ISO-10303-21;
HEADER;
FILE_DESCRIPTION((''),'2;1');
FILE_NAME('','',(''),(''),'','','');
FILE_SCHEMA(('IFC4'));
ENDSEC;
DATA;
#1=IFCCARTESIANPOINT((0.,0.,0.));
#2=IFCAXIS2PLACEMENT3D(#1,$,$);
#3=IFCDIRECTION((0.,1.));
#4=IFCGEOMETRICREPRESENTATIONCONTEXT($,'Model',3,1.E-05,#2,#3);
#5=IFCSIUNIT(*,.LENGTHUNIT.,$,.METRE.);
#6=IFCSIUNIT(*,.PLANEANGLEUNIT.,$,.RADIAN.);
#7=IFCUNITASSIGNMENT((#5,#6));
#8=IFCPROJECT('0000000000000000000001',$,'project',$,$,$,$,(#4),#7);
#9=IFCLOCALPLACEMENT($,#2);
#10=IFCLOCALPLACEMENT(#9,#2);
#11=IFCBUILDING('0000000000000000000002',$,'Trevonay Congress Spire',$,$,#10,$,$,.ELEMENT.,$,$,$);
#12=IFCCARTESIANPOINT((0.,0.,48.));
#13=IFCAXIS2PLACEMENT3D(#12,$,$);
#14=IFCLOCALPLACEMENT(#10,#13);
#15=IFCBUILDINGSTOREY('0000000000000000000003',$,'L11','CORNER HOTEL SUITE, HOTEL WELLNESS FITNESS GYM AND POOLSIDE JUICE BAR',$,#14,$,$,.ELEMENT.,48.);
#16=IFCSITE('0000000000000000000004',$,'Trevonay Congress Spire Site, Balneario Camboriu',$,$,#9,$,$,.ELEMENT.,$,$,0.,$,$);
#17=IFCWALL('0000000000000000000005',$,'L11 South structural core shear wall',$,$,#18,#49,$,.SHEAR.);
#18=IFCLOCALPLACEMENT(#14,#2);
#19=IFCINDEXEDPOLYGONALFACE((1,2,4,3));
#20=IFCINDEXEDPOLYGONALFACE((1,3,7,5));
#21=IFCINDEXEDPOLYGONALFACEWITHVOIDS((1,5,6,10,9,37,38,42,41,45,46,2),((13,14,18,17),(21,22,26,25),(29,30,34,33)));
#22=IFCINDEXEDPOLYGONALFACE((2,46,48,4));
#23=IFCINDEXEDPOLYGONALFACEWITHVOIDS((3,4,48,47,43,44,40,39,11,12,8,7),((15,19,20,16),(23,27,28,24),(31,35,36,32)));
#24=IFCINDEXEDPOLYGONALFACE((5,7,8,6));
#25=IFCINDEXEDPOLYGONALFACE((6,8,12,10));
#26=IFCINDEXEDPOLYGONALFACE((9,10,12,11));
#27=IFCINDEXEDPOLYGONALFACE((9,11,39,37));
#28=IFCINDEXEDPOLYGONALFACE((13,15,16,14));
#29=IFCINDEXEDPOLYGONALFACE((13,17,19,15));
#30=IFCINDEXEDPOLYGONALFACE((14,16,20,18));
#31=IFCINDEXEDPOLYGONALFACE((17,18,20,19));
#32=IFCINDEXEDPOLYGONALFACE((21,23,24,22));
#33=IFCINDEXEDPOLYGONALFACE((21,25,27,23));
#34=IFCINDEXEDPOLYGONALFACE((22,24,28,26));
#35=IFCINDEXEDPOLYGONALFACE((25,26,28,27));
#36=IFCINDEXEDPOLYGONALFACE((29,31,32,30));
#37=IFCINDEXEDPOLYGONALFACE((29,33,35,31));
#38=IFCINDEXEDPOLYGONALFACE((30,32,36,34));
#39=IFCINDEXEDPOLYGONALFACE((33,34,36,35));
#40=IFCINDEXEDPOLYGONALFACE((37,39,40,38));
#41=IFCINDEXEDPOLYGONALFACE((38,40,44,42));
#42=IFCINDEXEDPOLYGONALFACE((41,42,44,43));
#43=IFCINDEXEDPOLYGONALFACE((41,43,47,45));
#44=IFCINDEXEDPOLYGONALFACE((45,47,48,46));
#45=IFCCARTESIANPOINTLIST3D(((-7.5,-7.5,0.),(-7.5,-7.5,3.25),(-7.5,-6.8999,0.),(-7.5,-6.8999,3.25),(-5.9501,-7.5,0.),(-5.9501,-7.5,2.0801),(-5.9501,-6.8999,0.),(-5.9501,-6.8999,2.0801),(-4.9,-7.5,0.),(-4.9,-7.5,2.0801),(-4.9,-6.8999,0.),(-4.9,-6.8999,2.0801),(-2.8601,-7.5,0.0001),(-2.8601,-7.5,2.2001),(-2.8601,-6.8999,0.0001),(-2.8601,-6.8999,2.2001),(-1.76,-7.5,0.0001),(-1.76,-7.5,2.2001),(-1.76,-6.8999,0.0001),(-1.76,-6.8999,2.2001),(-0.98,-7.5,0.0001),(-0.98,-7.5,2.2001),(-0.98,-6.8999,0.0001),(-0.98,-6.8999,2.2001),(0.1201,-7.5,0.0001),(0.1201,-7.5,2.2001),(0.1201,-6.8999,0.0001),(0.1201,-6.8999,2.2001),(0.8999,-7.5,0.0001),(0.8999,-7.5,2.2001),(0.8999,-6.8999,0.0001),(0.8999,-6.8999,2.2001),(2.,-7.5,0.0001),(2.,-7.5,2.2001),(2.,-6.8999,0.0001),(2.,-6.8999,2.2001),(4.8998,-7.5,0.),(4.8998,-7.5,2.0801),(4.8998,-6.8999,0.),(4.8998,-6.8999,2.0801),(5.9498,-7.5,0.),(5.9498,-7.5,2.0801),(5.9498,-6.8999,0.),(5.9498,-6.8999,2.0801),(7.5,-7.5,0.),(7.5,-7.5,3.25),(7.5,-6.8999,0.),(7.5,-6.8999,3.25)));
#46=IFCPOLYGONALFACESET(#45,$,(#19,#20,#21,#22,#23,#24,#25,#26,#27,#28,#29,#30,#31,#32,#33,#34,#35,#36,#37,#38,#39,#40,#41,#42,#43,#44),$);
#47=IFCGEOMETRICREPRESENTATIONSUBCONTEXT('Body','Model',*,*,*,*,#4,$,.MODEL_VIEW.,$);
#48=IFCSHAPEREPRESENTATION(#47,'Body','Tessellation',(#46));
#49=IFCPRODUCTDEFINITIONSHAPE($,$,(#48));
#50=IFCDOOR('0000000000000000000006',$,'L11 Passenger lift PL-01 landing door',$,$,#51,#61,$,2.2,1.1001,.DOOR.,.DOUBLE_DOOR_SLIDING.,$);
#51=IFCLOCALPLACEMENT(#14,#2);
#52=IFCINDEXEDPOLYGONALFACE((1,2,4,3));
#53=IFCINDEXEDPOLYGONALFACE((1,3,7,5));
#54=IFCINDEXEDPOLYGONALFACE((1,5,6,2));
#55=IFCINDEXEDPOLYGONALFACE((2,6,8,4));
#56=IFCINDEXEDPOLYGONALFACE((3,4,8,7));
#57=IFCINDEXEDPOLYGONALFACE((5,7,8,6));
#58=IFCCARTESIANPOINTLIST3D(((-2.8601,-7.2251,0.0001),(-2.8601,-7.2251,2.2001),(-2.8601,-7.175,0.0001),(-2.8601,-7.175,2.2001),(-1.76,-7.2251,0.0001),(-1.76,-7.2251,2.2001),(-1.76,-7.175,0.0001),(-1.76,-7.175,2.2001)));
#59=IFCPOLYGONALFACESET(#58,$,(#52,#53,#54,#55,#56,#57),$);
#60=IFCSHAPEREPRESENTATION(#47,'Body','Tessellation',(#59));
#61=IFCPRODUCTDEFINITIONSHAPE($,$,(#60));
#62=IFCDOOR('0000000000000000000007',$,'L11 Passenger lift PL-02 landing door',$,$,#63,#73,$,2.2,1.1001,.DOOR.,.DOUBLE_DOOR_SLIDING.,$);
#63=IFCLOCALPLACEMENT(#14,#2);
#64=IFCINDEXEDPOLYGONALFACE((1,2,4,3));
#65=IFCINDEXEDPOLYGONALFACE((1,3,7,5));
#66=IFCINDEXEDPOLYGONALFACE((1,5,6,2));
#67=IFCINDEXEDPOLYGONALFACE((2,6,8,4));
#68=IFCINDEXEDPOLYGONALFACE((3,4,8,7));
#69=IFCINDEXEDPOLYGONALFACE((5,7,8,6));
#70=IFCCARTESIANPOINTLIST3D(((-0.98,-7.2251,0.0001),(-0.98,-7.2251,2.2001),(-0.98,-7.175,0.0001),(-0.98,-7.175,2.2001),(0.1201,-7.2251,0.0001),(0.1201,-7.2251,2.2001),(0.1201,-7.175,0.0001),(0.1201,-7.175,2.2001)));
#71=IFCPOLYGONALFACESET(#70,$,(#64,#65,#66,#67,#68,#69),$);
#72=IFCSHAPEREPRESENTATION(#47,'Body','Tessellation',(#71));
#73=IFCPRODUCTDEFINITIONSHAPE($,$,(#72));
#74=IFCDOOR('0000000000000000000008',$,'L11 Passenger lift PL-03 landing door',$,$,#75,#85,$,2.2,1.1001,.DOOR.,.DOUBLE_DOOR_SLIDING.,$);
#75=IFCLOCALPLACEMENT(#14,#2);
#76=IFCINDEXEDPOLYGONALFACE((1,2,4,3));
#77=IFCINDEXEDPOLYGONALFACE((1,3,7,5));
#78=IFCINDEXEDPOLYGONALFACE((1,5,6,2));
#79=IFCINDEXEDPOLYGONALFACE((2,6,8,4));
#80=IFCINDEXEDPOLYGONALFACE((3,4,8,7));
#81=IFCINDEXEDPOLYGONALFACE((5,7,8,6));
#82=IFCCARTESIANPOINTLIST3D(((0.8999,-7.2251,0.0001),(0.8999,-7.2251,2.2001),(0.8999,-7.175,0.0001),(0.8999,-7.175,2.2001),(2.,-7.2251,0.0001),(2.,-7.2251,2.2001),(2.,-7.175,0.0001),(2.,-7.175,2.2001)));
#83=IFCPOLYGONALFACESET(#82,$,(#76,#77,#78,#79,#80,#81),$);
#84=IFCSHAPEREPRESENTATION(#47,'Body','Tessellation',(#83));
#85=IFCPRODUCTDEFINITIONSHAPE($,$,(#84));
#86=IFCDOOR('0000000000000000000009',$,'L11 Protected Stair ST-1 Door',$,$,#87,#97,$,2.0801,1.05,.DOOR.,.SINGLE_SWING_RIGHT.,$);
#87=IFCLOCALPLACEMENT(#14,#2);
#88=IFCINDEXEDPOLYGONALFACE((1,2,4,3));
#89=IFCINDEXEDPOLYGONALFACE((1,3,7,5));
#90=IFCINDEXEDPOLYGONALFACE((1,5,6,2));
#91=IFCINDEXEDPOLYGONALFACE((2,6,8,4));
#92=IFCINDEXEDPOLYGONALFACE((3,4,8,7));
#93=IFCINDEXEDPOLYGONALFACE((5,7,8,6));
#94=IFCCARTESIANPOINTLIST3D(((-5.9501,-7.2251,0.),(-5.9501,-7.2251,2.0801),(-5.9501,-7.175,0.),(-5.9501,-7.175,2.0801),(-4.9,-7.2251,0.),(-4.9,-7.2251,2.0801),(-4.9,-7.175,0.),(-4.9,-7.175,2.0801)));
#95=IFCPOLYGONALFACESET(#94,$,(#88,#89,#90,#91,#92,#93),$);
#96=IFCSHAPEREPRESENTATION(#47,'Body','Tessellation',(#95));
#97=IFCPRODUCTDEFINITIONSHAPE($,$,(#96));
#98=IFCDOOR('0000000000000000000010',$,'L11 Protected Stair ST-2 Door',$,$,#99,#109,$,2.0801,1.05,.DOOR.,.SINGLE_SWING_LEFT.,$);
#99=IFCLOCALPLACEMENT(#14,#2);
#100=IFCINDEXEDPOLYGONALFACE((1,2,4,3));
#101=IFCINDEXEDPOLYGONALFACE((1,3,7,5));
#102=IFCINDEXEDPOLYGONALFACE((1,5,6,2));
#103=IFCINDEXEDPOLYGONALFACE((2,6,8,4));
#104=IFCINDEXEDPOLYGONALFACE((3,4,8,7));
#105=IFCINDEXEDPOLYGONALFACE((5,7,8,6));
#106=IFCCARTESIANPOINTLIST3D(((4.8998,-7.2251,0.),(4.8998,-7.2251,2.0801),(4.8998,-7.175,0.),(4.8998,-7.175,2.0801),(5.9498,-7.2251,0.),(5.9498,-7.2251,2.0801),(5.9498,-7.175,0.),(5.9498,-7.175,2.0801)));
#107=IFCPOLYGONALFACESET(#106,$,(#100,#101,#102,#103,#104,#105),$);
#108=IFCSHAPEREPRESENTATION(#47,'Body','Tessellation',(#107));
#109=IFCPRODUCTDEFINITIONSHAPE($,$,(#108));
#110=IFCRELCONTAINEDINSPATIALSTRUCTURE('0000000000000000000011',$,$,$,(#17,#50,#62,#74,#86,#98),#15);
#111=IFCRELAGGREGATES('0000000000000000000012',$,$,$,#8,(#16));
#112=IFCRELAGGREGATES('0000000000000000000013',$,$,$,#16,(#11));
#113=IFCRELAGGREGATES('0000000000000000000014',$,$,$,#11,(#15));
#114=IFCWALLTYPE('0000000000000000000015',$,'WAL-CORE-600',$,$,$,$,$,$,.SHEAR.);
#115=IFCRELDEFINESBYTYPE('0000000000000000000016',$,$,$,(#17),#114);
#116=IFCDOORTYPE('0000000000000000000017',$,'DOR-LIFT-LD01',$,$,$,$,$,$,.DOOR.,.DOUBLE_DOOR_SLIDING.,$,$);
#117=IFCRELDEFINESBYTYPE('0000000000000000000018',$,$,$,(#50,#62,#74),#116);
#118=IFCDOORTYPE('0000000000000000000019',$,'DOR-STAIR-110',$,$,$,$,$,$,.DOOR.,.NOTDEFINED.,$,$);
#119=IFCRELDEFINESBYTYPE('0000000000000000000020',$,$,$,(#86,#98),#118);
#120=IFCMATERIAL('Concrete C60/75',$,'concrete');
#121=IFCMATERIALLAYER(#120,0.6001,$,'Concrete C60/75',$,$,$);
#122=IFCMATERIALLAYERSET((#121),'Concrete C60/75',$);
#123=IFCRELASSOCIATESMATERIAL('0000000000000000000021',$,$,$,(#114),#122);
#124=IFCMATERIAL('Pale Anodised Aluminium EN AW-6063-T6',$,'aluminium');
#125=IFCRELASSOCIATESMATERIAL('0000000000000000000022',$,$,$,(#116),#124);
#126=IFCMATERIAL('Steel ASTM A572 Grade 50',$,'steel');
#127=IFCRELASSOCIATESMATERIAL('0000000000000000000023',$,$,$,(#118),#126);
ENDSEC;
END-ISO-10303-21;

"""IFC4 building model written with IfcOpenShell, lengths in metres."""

from ifc_helpers import new_model, si_unit, direction, frame, frame_2d, origin, place, context, subcontext, project, spatial, rectangle, extrude, material, layer, layer_set, type_object, element, fill, save


model = new_model("IFC4")

# Units and contexts
model_context = context("Model", 3, precision=1e-05, world=origin(), true_north=direction((0.0, 1.0)))
body_context = subcontext(model_context, "Body", "Model", "MODEL_VIEW")
ifc_project = project(units=[si_unit("LENGTHUNIT", "METRE"), si_unit("PLANEANGLEUNIT", "RADIAN")], contexts=[model_context])

# Site, building, storey
site_placement = place(None, origin())
site = spatial("IfcSite", under=ifc_project, at=site_placement, Name="Trevonay Congress Spire Site, Balneario Camboriu", CompositionType="ELEMENT", RefElevation=0.0)
building_placement = place(site_placement, origin())
building = spatial("IfcBuilding", under=site, at=building_placement, Name="Trevonay Congress Spire", CompositionType="ELEMENT")
storey_placement = place(building_placement, frame((0.0, 0.0, 48.0)))
storey = spatial("IfcBuildingStorey", under=building, at=storey_placement, Name="L11", Description="CORNER HOTEL SUITE, HOTEL WELLNESS FITNESS GYM AND POOLSIDE JUICE BAR", CompositionType="ELEMENT", Elevation=48.0)

# Shared definitions
ifc_material_1 = material(Name="Steel ASTM A572 Grade 50", Category="steel")

# Shared definitions
ifc_material_2 = material(Name="Pale Anodised Aluminium EN AW-6063-T6", Category="aluminium")

# Wall, openings, doors
ifc_material_3 = material(Name="Concrete C60/75", Category="concrete")
ifc_layer_1 = layer(ifc_material_3, 0.6001, Name="Concrete C60/75")
ifc_layer_set_1 = layer_set([ifc_layer_1], Name="Concrete C60/75")
wall_type_1 = type_object("IfcWallType", Name="WAL-CORE-600", PredefinedType="SHEAR", material=ifc_layer_set_1)
wall_1_placement = place(storey_placement, frame((-7.5, -7.2, 0.0), z_axis=(0.0, 0.0, 1.0), x_axis=(1.0, 0.0, 0.0)))
wall_1 = element("IfcWall", 1, at=wall_1_placement, inside=storey, type_object=wall_type_1, Name="L11 South structural core shear wall", PredefinedType="SHEAR", context=body_context, shape_type="SweptSolid", body=[
    extrude(rectangle(XDim=15.0, YDim=0.6001, at=frame_2d((7.5, 0.0))), origin(), (0.0, 0.0, 1.0), 3.25),
])
opening_1_placement = place(wall_1_placement, frame((1.55, 0.0, 0.0)))
opening_1 = element("IfcOpeningElement", 2, at=opening_1_placement, cuts=wall_1, PredefinedType="OPENING", context=body_context, shape_type="SweptSolid", body=[
    extrude(rectangle(XDim=1.05, YDim=2.0801, at=frame_2d((0.5249, 1.04))), frame((0.0, 0.3101, 0.0), z_axis=(0.0, -1.0, 0.0), x_axis=(1.0, 0.0, 0.0)), (0.0, 0.0, 1.0), 0.6201),
])
opening_2_placement = place(wall_1_placement, frame((12.3999, 0.0, 0.0)))
opening_2 = element("IfcOpeningElement", 3, at=opening_2_placement, cuts=wall_1, PredefinedType="OPENING", context=body_context, shape_type="SweptSolid", body=[
    extrude(rectangle(XDim=1.05, YDim=2.0801, at=frame_2d((0.5249, 1.04))), frame((0.0, 0.3101, 0.0), z_axis=(0.0, -1.0, 0.0), x_axis=(1.0, 0.0, 0.0)), (0.0, 0.0, 1.0), 0.6201),
])
opening_3_placement = place(wall_1_placement, frame((4.6399, 0.0, 0.0)))
opening_3 = element("IfcOpeningElement", 4, at=opening_3_placement, cuts=wall_1, PredefinedType="OPENING", context=body_context, shape_type="SweptSolid", body=[
    extrude(rectangle(XDim=1.1001, YDim=2.2, at=frame_2d((0.55, 1.1001))), frame((0.0, 0.3101, 0.0), z_axis=(0.0, -1.0, 0.0), x_axis=(1.0, 0.0, 0.0)), (0.0, 0.0, 1.0), 0.6201),
])
opening_4_placement = place(wall_1_placement, frame((6.52, 0.0, 0.0)))
opening_4 = element("IfcOpeningElement", 5, at=opening_4_placement, cuts=wall_1, PredefinedType="OPENING", context=body_context, shape_type="SweptSolid", body=[
    extrude(rectangle(XDim=1.1001, YDim=2.2, at=frame_2d((0.55, 1.1001))), frame((0.0, 0.3101, 0.0), z_axis=(0.0, -1.0, 0.0), x_axis=(1.0, 0.0, 0.0)), (0.0, 0.0, 1.0), 0.6201),
])
opening_5_placement = place(wall_1_placement, frame((8.3999, 0.0, 0.0)))
opening_5 = element("IfcOpeningElement", 6, at=opening_5_placement, cuts=wall_1, PredefinedType="OPENING", context=body_context, shape_type="SweptSolid", body=[
    extrude(rectangle(XDim=1.1001, YDim=2.2, at=frame_2d((0.55, 1.1001))), frame((0.0, 0.3101, 0.0), z_axis=(0.0, -1.0, 0.0), x_axis=(1.0, 0.0, 0.0)), (0.0, 0.0, 1.0), 0.6201),
])
door_type_1 = type_object("IfcDoorType", Name="DOR-LIFT-LD01", OperationType="DOUBLE_DOOR_SLIDING", PredefinedType="DOOR", material=ifc_material_2)
door_1_placement = place(opening_3_placement, origin())
door_1 = element("IfcDoor", 7, at=door_1_placement, inside=storey, type_object=door_type_1, Name="L11 Passenger lift PL-01 landing door", OperationType="DOUBLE_DOOR_SLIDING", OverallHeight=2.2, OverallWidth=1.1001, PredefinedType="DOOR", context=body_context, shape_type="SweptSolid", body=[
    extrude(rectangle(XDim=1.1001, YDim=2.2, at=frame_2d((0.55, 1.1001))), frame((0.0, 0.0249, 0.0), z_axis=(0.0, -1.0, 0.0), x_axis=(1.0, 0.0, 0.0)), (0.0, 0.0, 1.0), 0.05),
])
fill(opening_3, door_1)
door_2_placement = place(opening_4_placement, origin())
door_2 = element("IfcDoor", 8, at=door_2_placement, inside=storey, type_object=door_type_1, Name="L11 Passenger lift PL-02 landing door", OperationType="DOUBLE_DOOR_SLIDING", OverallHeight=2.2, OverallWidth=1.1001, PredefinedType="DOOR", context=body_context, shape_type="SweptSolid", body=[
    extrude(rectangle(XDim=1.1001, YDim=2.2, at=frame_2d((0.55, 1.1001))), frame((0.0, 0.0249, 0.0), z_axis=(0.0, -1.0, 0.0), x_axis=(1.0, 0.0, 0.0)), (0.0, 0.0, 1.0), 0.05),
])
fill(opening_4, door_2)
door_3_placement = place(opening_5_placement, origin())
door_3 = element("IfcDoor", 9, at=door_3_placement, inside=storey, type_object=door_type_1, Name="L11 Passenger lift PL-03 landing door", OperationType="DOUBLE_DOOR_SLIDING", OverallHeight=2.2, OverallWidth=1.1001, PredefinedType="DOOR", context=body_context, shape_type="SweptSolid", body=[
    extrude(rectangle(XDim=1.1001, YDim=2.2, at=frame_2d((0.55, 1.1001))), frame((0.0, 0.0249, 0.0), z_axis=(0.0, -1.0, 0.0), x_axis=(1.0, 0.0, 0.0)), (0.0, 0.0, 1.0), 0.05),
])
fill(opening_5, door_3)
door_type_2 = type_object("IfcDoorType", Name="DOR-STAIR-110", OperationType="NOTDEFINED", PredefinedType="DOOR", material=ifc_material_1)
door_4_placement = place(opening_1_placement, origin())
door_4 = element("IfcDoor", 10, at=door_4_placement, inside=storey, type_object=door_type_2, Name="L11 Protected Stair ST-1 Door", OperationType="SINGLE_SWING_RIGHT", OverallHeight=2.0801, OverallWidth=1.05, PredefinedType="DOOR", context=body_context, shape_type="SweptSolid", body=[
    extrude(rectangle(XDim=1.05, YDim=2.0801, at=frame_2d((0.5249, 1.04))), frame((0.0, 0.0249, 0.0), z_axis=(0.0, -1.0, 0.0), x_axis=(1.0, 0.0, 0.0)), (0.0, 0.0, 1.0), 0.05),
])
fill(opening_1, door_4)
door_5_placement = place(opening_2_placement, origin())
door_5 = element("IfcDoor", 11, at=door_5_placement, inside=storey, type_object=door_type_2, Name="L11 Protected Stair ST-2 Door", OperationType="SINGLE_SWING_LEFT", OverallHeight=2.0801, OverallWidth=1.05, PredefinedType="DOOR", context=body_context, shape_type="SweptSolid", body=[
    extrude(rectangle(XDim=1.05, YDim=2.0801, at=frame_2d((0.5249, 1.04))), frame((0.0, 0.0249, 0.0), z_axis=(0.0, -1.0, 0.0), x_axis=(1.0, 0.0, 0.0)), (0.0, 0.0, 1.0), 0.05),
])
fill(opening_2, door_5)

save(model, "model.ifc")
